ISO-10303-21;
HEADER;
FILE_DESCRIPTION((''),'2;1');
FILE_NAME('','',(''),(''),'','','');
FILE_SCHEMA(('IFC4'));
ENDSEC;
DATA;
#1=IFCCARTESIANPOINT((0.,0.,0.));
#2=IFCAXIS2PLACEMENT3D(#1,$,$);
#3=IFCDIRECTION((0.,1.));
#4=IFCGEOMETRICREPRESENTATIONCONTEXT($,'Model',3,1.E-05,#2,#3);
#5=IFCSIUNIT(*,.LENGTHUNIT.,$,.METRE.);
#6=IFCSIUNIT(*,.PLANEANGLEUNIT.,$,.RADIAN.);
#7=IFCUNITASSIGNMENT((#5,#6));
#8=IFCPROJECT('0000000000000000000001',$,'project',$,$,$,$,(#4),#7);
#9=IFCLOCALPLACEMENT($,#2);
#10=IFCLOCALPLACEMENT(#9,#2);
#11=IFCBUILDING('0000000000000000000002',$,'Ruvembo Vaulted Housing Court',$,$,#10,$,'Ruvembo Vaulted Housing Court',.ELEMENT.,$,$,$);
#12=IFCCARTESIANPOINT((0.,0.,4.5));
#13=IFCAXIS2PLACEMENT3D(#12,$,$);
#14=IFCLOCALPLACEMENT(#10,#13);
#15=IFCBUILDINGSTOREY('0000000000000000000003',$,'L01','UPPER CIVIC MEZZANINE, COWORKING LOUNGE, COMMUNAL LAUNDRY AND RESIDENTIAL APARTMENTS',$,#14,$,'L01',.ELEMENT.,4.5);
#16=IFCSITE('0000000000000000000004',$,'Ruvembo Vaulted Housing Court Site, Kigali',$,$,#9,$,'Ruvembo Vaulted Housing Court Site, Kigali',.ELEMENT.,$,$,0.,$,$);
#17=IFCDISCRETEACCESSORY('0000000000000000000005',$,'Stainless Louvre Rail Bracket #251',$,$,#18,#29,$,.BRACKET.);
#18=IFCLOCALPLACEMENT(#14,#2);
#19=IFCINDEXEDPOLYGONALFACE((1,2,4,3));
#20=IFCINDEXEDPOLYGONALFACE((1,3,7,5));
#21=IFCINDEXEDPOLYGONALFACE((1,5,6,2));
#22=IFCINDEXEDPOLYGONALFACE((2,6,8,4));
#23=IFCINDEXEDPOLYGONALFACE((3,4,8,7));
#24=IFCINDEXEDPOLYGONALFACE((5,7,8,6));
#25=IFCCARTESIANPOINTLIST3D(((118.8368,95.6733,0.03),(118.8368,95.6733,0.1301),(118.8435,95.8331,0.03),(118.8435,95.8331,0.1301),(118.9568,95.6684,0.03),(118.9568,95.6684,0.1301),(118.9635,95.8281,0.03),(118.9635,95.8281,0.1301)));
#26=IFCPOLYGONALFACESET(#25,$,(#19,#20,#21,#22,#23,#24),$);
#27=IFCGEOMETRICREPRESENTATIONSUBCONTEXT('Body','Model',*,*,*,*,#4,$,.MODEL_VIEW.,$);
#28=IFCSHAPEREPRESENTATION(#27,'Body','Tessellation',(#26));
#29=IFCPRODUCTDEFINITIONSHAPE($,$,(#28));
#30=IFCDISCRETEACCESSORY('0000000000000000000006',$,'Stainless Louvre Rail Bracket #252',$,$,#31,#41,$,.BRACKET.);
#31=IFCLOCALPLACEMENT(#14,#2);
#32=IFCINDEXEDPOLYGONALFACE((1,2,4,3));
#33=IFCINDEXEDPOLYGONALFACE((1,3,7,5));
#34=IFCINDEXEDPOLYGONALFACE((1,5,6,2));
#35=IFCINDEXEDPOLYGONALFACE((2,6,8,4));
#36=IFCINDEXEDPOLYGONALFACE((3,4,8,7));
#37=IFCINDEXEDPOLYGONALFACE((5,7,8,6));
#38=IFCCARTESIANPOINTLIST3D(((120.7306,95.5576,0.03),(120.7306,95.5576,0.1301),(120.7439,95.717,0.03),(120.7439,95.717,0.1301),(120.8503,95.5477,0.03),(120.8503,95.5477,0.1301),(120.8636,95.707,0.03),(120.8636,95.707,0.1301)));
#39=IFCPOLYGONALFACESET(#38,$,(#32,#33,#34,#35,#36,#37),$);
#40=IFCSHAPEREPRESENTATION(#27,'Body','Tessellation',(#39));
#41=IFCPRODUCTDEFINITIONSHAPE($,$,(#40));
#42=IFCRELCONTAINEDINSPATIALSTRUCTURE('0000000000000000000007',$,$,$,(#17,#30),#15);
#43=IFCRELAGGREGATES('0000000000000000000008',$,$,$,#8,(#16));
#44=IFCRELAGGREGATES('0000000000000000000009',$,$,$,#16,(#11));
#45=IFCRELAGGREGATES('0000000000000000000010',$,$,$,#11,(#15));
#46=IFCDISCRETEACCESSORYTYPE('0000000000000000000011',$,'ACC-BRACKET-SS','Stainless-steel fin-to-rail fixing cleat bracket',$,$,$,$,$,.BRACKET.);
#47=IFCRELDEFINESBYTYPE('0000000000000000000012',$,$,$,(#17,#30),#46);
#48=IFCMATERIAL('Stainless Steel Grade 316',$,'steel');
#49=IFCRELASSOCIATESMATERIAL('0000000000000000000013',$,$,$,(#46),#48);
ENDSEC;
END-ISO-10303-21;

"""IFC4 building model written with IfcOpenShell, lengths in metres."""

from ifc_helpers import new_model, si_unit, direction, frame, origin, origin_2d, place, context, subcontext, project, spatial, rectangle, extrude, material, type_object, element, save


model = new_model("IFC4")

# Units and contexts
model_context = context("Model", 3, precision=1e-05, world=origin(), true_north=direction((0.0, 1.0)))
body_context = subcontext(model_context, "Body", "Model", "MODEL_VIEW")
ifc_project = project(units=[si_unit("LENGTHUNIT", "METRE"), si_unit("PLANEANGLEUNIT", "RADIAN")], contexts=[model_context])

# Site, building, storey
site_placement = place(None, origin())
site = spatial("IfcSite", under=ifc_project, at=site_placement, Name="Ruvembo Vaulted Housing Court Site, Kigali", LongName="Ruvembo Vaulted Housing Court Site, Kigali", CompositionType="ELEMENT", RefElevation=0.0)
building_placement = place(site_placement, origin())
building = spatial("IfcBuilding", under=site, at=building_placement, Name="Ruvembo Vaulted Housing Court", LongName="Ruvembo Vaulted Housing Court", CompositionType="ELEMENT")
storey_placement = place(building_placement, frame((0.0, 0.0, 4.5)))
storey = spatial("IfcBuildingStorey", under=building, at=storey_placement, Name="L01", Description="UPPER CIVIC MEZZANINE, COWORKING LOUNGE, COMMUNAL LAUNDRY AND RESIDENTIAL APARTMENTS", LongName="L01", CompositionType="ELEMENT", Elevation=4.5)

# Discrete accessories
ifc_material_1 = material(Name="Stainless Steel Grade 316", Category="steel")
discrete_accessory_type = type_object("IfcDiscreteAccessoryType", Name="ACC-BRACKET-SS", Description="Stainless-steel fin-to-rail fixing cleat bracket", PredefinedType="BRACKET", material=ifc_material_1)
for number, where, z_axis, x_axis, name in (
    (1, (118.9001, 95.7507, 0.03), (0.0, 0.0, 1.0), (-0.041509, -0.999138, 0.0), "Stainless Louvre Rail Bracket #251"),
    (2, (120.7971, 95.6323, 0.03), (0.0, 0.0, 1.0), (-0.082895, -0.996558, 0.0), "Stainless Louvre Rail Bracket #252"),
):
    element("IfcDiscreteAccessory", number, at=place(storey_placement, frame(where, z_axis=z_axis, x_axis=x_axis)), inside=storey, type_object=discrete_accessory_type, Name=name, PredefinedType="BRACKET", context=body_context, shape_type="SweptSolid", body=[
        extrude(rectangle(XDim=0.1599, YDim=0.1201, at=origin_2d()), origin(), (0.0, 0.0, 1.0), 0.1001),
    ])

save(model, "model.ifc")
